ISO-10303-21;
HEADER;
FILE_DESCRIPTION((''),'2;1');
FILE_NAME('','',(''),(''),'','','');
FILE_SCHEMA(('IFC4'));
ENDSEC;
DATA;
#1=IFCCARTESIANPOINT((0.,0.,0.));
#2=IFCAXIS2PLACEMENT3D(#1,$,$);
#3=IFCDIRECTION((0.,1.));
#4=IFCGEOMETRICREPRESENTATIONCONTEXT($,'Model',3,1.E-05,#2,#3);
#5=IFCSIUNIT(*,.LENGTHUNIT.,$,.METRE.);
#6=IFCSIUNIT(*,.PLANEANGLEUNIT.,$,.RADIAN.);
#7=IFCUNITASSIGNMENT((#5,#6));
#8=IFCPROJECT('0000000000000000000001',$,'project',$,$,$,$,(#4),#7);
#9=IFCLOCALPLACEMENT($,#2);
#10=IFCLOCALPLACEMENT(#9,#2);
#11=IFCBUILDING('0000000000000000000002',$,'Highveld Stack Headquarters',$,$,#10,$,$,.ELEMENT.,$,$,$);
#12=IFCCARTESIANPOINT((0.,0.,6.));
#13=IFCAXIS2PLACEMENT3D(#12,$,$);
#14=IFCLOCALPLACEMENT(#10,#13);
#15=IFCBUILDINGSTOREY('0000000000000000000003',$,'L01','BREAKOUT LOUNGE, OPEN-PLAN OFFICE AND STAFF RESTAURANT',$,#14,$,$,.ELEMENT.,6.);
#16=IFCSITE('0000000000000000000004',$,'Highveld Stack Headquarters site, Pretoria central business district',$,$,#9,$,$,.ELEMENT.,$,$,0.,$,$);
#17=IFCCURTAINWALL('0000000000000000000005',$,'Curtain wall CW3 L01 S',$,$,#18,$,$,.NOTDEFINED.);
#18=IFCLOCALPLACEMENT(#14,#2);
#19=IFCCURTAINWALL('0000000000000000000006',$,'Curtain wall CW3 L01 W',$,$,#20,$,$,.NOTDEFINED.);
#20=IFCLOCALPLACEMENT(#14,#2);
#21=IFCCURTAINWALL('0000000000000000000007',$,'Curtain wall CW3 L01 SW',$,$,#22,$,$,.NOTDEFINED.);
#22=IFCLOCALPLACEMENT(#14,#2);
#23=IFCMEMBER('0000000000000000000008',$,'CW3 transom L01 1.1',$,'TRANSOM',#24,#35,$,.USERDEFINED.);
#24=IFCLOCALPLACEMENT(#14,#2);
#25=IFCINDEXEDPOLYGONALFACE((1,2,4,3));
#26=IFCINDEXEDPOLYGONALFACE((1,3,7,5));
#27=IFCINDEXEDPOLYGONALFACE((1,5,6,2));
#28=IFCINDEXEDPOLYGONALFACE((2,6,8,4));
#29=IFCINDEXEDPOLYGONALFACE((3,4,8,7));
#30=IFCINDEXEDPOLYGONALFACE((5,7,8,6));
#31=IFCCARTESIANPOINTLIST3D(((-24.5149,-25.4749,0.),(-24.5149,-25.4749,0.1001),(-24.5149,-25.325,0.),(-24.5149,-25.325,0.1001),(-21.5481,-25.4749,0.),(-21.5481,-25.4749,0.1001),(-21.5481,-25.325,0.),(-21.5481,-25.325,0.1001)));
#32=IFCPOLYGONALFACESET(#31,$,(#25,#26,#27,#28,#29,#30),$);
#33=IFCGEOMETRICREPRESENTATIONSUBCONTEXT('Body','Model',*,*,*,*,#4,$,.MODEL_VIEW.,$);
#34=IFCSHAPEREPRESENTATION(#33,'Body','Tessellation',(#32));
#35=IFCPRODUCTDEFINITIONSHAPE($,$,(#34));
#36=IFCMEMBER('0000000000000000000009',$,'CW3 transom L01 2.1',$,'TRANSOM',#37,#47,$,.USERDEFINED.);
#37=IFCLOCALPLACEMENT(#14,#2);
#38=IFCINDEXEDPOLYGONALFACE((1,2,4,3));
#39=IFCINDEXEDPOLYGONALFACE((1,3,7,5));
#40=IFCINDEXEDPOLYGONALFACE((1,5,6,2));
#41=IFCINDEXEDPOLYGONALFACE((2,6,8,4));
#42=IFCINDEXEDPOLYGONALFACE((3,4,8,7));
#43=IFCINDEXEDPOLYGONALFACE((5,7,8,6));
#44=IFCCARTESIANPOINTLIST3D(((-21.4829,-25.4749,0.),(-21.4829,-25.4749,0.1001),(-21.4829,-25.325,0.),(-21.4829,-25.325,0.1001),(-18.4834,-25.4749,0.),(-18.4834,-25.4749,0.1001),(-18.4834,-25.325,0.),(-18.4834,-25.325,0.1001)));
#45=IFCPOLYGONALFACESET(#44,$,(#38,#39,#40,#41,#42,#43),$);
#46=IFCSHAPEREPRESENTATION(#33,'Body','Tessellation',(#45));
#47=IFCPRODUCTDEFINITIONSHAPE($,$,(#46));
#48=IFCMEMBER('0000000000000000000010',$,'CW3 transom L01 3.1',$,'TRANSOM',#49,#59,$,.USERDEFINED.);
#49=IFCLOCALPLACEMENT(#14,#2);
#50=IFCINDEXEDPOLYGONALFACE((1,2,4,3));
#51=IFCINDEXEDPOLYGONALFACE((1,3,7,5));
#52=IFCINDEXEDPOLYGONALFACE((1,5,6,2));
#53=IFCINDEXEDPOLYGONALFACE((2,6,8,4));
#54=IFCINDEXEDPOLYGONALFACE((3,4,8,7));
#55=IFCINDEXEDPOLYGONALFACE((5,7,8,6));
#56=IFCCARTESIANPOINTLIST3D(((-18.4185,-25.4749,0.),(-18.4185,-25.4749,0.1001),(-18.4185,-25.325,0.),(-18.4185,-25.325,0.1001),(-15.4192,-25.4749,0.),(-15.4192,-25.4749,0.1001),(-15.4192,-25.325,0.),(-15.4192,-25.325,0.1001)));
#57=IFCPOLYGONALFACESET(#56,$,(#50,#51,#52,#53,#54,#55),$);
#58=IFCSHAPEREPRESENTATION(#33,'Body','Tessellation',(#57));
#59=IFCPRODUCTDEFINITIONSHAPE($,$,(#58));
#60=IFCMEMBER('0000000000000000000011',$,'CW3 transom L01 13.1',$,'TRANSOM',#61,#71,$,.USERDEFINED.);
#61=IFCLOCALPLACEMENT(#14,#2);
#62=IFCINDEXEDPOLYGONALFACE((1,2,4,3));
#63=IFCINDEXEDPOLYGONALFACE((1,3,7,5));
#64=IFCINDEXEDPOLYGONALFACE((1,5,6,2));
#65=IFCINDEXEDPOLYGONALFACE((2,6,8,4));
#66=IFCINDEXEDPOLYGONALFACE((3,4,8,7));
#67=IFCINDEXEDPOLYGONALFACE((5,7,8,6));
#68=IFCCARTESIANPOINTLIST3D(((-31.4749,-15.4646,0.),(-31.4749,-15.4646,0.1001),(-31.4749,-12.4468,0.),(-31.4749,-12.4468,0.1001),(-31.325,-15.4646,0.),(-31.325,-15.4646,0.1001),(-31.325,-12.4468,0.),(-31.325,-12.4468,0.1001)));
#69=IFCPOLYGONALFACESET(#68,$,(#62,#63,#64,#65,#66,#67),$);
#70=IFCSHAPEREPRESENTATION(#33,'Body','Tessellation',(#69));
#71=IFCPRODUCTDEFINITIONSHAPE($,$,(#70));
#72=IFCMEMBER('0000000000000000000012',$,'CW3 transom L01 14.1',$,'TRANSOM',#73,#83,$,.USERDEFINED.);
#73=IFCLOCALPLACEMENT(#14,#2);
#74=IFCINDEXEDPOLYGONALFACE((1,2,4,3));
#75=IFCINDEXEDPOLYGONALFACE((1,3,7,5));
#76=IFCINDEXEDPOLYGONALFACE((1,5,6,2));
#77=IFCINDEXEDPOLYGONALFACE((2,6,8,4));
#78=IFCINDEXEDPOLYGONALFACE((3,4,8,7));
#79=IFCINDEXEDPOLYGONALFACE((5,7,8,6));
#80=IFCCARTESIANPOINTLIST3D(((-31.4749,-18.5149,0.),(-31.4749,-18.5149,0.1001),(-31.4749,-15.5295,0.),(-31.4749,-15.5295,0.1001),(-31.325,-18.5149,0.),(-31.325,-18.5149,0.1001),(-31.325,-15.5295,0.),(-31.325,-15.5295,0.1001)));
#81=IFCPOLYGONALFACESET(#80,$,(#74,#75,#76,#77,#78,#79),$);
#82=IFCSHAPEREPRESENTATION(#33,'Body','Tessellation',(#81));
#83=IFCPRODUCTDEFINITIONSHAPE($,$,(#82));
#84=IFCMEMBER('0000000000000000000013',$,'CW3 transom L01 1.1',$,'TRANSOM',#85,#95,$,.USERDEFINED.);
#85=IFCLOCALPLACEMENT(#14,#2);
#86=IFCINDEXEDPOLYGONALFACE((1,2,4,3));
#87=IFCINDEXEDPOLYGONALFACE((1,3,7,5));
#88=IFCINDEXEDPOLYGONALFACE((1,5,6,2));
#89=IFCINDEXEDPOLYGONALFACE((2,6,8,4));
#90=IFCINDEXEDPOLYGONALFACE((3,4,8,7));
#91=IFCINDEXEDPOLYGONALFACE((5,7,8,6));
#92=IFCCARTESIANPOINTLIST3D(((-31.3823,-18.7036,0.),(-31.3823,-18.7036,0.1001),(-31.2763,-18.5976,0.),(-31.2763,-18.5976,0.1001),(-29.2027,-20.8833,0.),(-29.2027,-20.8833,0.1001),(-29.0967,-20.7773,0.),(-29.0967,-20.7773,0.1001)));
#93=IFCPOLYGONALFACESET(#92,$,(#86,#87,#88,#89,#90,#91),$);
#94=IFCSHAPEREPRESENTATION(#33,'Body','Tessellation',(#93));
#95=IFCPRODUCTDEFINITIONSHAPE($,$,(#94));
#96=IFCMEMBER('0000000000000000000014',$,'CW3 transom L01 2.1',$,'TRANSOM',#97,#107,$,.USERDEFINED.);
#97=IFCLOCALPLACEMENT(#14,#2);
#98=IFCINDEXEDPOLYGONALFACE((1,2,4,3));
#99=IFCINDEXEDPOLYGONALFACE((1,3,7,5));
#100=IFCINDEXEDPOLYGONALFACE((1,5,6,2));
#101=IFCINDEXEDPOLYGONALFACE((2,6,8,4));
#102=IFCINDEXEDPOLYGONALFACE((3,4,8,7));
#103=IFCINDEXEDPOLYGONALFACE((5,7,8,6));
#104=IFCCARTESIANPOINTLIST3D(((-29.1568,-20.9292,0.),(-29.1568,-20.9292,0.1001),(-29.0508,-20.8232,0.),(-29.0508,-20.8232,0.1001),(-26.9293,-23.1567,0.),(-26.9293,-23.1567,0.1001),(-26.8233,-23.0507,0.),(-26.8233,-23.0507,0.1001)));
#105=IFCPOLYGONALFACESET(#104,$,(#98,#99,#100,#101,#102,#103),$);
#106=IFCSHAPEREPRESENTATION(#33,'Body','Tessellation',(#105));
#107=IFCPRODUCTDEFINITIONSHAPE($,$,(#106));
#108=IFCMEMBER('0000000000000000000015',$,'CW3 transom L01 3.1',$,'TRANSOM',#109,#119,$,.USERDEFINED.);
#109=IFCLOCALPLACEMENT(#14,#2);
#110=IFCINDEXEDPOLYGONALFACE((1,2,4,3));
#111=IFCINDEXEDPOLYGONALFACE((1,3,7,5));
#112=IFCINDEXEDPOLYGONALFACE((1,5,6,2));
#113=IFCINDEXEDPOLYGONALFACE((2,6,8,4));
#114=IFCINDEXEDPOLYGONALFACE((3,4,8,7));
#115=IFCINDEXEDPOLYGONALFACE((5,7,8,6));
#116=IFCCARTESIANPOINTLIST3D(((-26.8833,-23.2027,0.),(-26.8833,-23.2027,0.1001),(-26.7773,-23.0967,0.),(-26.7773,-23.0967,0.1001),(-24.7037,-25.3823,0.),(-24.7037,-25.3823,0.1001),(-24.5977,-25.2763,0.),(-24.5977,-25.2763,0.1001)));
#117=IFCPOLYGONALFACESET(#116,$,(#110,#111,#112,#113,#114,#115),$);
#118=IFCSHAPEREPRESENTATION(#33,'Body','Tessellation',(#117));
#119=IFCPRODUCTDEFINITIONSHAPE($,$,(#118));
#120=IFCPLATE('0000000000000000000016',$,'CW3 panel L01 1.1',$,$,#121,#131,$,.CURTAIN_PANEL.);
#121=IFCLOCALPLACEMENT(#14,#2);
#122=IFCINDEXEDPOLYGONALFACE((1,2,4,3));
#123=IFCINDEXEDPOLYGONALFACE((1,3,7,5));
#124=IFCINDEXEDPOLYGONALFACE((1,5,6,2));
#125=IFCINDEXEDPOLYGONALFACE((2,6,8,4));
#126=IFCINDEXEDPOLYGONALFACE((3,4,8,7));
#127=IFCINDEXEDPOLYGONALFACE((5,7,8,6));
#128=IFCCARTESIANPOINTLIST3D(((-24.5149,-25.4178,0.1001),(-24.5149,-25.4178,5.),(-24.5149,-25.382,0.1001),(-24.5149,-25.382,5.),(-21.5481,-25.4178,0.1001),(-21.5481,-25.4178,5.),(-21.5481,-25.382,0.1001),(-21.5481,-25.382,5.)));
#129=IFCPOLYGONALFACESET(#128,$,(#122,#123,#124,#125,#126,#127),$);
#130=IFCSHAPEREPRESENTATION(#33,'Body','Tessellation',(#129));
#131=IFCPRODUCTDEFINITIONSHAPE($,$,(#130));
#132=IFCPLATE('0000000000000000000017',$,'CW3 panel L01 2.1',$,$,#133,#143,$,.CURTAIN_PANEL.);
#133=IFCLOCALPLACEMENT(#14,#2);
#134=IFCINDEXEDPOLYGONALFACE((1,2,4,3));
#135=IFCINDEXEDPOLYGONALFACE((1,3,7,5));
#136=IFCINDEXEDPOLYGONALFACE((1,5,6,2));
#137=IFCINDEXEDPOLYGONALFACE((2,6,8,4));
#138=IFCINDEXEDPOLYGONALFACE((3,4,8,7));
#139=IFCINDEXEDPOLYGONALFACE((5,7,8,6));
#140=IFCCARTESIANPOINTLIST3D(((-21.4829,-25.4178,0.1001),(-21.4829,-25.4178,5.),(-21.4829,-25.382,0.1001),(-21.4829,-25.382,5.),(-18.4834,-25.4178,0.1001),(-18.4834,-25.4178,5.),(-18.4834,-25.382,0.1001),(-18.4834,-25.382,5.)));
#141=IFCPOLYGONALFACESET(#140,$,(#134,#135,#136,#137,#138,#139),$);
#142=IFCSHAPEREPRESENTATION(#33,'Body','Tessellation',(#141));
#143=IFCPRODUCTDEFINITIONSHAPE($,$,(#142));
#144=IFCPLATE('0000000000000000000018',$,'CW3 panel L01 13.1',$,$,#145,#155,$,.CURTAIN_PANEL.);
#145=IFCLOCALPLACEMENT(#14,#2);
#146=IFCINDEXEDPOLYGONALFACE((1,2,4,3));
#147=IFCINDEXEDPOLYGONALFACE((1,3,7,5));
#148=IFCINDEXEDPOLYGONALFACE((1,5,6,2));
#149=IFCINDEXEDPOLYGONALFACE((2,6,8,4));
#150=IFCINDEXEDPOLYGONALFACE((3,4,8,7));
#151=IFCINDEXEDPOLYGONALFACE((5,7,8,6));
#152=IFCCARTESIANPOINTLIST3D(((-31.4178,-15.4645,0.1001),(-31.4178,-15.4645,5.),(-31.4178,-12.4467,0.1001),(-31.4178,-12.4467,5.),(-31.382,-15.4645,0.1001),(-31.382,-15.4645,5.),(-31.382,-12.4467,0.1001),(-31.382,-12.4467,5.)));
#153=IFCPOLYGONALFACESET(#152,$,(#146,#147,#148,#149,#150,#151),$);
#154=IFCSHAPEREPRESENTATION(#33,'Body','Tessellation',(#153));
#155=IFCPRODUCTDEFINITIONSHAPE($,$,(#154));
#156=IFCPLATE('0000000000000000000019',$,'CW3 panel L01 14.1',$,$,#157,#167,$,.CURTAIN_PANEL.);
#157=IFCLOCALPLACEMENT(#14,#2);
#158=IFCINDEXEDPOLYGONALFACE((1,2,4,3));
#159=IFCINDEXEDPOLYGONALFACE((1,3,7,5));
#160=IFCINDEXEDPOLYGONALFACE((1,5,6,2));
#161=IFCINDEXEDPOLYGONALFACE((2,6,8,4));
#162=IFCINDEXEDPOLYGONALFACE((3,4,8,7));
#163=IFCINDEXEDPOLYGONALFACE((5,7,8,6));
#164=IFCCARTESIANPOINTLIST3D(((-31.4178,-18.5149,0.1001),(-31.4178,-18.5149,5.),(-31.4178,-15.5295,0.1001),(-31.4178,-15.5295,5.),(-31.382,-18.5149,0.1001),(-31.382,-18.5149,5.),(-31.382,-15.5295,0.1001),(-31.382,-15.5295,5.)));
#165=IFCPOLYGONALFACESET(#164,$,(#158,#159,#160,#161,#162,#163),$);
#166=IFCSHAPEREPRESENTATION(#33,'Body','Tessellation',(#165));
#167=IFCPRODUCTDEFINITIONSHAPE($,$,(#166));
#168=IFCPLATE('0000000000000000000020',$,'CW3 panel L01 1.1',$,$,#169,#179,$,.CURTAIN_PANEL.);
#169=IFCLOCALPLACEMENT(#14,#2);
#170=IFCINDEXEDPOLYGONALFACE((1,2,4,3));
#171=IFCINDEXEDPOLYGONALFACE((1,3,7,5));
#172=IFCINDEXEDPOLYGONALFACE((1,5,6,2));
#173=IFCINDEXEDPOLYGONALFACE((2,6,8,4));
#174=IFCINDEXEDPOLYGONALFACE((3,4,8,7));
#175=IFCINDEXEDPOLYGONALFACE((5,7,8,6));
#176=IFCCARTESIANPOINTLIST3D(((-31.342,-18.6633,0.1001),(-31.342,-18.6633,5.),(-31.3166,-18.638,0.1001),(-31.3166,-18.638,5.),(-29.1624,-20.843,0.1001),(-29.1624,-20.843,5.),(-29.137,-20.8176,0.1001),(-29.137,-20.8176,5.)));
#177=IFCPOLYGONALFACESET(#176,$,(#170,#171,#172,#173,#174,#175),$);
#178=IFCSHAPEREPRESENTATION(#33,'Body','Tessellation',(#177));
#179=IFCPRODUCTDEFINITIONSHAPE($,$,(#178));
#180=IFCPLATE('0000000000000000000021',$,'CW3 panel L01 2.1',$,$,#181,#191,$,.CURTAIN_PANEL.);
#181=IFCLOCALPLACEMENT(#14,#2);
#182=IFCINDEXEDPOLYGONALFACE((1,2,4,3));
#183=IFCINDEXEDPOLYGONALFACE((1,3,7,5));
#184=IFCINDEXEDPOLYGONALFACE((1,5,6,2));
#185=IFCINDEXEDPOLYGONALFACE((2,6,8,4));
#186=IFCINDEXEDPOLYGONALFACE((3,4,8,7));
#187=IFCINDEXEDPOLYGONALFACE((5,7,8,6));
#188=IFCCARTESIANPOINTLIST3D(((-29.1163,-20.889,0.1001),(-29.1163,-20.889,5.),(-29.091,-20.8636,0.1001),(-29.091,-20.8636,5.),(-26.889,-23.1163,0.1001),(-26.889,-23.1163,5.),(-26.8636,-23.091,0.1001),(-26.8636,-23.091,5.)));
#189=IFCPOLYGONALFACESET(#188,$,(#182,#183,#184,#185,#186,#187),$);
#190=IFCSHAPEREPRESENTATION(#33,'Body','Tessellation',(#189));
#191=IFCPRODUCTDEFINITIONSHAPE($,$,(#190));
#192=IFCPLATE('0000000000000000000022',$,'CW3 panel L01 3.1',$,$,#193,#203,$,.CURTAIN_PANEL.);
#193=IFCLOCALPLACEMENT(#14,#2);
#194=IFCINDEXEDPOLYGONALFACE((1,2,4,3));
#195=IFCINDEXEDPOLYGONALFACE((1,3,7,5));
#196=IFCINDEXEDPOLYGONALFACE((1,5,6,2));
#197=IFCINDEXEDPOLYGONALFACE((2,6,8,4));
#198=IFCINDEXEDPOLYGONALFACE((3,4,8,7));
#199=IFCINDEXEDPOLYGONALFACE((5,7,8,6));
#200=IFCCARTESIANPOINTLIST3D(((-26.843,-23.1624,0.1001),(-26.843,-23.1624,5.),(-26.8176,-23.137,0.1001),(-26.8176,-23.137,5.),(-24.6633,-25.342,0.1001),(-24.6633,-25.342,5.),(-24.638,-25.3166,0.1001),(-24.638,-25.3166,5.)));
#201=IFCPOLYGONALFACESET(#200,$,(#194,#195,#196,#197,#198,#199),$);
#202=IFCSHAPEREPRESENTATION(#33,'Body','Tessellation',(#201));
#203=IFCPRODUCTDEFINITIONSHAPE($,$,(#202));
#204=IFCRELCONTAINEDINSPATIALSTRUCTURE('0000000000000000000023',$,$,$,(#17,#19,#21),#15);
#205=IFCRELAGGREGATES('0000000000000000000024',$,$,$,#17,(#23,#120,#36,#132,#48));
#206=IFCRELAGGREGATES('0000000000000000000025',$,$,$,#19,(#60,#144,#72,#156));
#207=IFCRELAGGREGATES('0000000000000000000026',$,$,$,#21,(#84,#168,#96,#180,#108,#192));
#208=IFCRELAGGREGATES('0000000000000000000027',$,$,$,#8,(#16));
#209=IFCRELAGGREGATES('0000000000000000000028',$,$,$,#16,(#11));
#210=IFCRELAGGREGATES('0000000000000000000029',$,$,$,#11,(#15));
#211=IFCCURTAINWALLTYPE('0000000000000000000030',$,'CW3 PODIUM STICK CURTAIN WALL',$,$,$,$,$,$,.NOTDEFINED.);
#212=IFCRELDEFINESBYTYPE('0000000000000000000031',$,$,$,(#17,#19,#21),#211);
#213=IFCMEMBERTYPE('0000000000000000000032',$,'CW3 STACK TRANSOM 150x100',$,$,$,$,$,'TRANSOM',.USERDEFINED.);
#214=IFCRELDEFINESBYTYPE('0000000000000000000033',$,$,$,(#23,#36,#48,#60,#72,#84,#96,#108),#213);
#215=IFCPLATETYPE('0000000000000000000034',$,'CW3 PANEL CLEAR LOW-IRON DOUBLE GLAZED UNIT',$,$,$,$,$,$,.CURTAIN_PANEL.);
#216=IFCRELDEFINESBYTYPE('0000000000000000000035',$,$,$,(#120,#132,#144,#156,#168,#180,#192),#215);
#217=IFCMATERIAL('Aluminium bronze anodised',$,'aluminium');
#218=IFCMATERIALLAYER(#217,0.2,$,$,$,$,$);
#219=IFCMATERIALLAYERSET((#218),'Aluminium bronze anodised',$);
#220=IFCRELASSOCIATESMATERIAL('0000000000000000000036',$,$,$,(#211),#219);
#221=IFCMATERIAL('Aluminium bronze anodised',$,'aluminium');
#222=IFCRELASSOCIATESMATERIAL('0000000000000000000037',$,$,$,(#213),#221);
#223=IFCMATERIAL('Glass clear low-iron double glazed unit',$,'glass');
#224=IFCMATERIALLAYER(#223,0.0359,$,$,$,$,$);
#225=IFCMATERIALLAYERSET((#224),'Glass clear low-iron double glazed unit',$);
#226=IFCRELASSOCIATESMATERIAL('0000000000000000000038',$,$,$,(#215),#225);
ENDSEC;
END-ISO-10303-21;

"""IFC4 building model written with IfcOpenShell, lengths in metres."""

from ifc_helpers import new_model, si_unit, direction, frame, origin, origin_2d, place, context, subcontext, project, spatial, rectangle, extrude, material, layer, layer_set, material_profile, profile_set, type_object, element, aggregate, save


model = new_model("IFC4")

# Units and contexts
model_context = context("Model", 3, precision=1e-05, world=origin(), true_north=direction((0.0, 1.0)))
body_context = subcontext(model_context, "Body", "Model", "MODEL_VIEW")
ifc_project = project(units=[si_unit("LENGTHUNIT", "METRE"), si_unit("PLANEANGLEUNIT", "RADIAN")], contexts=[model_context])

# Site, building, storey
site_placement = place(None, origin())
site = spatial("IfcSite", under=ifc_project, at=site_placement, Name="Highveld Stack Headquarters site, Pretoria central business district", CompositionType="ELEMENT", RefElevation=0.0)
building_placement = place(site_placement, origin())
building = spatial("IfcBuilding", under=site, at=building_placement, Name="Highveld Stack Headquarters", CompositionType="ELEMENT")
storey_placement = place(building_placement, frame((0.0, 0.0, 6.0)))
storey = spatial("IfcBuildingStorey", under=building, at=storey_placement, Name="L01", Description="BREAKOUT LOUNGE, OPEN-PLAN OFFICE AND STAFF RESTAURANT", CompositionType="ELEMENT", Elevation=6.0)

# Curtain walls
ifc_material_1 = material(Name="Aluminium bronze anodised", Category="aluminium")
ifc_layer_1 = layer(ifc_material_1, 0.2)
ifc_layer_set_1 = layer_set([ifc_layer_1], Name="Aluminium bronze anodised")
curtain_wall_type = type_object("IfcCurtainWallType", Name="CW3 PODIUM STICK CURTAIN WALL", PredefinedType="NOTDEFINED", material=ifc_layer_set_1)
curtain_wall_1_placement = place(storey_placement, origin())
curtain_wall_1 = element("IfcCurtainWall", 1, at=curtain_wall_1_placement, inside=storey, type_object=curtain_wall_type, Name="Curtain wall CW3 L01 S", PredefinedType="NOTDEFINED")
curtain_wall_2_placement = place(storey_placement, origin())
curtain_wall_2 = element("IfcCurtainWall", 2, at=curtain_wall_2_placement, inside=storey, type_object=curtain_wall_type, Name="Curtain wall CW3 L01 W", PredefinedType="NOTDEFINED")
curtain_wall_3_placement = place(storey_placement, origin())
curtain_wall_3 = element("IfcCurtainWall", 3, at=curtain_wall_3_placement, inside=storey, type_object=curtain_wall_type, Name="Curtain wall CW3 L01 SW", PredefinedType="NOTDEFINED")

# Members
ifc_material_2 = material(Name="Aluminium bronze anodised", Category="aluminium")
ifc_material_profile_1 = material_profile(ifc_material_2, rectangle(XDim=0.1499, YDim=0.1001, at=origin_2d()), Name="CW3 TRANSOM 150x100")
ifc_profile_set_1 = profile_set([ifc_material_profile_1], Name="Aluminium bronze anodised")
member_type_1 = type_object("IfcMemberType", Name="CW3 STACK TRANSOM 150x100", ElementType="TRANSOM", PredefinedType="USERDEFINED", material=ifc_profile_set_1)
member_1_placement = place(storey_placement, frame((-24.5149, -25.3999, 0.05), z_axis=(1.0, 0.0, 0.0), x_axis=(0.0, 1.0, 0.0)))
member_1 = element("IfcMember", 4, at=member_1_placement, type_object=member_type_1, Name="CW3 transom L01 1.1", ObjectType="TRANSOM", PredefinedType="USERDEFINED", context=body_context, shape_type="SweptSolid", body=[
    extrude(rectangle(XDim=0.1499, YDim=0.1001, at=origin_2d()), origin(), (0.0, 0.0, 1.0), 2.9668),
])
member_2_placement = place(storey_placement, frame((-21.4829, -25.3999, 0.05), z_axis=(1.0, 0.0, 0.0), x_axis=(0.0, 1.0, 0.0)))
member_2 = element("IfcMember", 5, at=member_2_placement, type_object=member_type_1, Name="CW3 transom L01 2.1", ObjectType="TRANSOM", PredefinedType="USERDEFINED", context=body_context, shape_type="SweptSolid", body=[
    extrude(rectangle(XDim=0.1499, YDim=0.1001, at=origin_2d()), origin(), (0.0, 0.0, 1.0), 2.9995),
])
member_3_placement = place(storey_placement, frame((-18.4185, -25.3999, 0.05), z_axis=(1.0, 0.0, 0.0), x_axis=(0.0, 1.0, 0.0)))
member_3 = element("IfcMember", 6, at=member_3_placement, type_object=member_type_1, Name="CW3 transom L01 3.1", ObjectType="TRANSOM", PredefinedType="USERDEFINED", context=body_context, shape_type="SweptSolid", body=[
    extrude(rectangle(XDim=0.1499, YDim=0.1001, at=origin_2d()), origin(), (0.0, 0.0, 1.0), 2.9993),
])
member_4_placement = place(storey_placement, frame((-31.3999, -12.4468, 0.05), z_axis=(0.0, -1.0, 0.0), x_axis=(1.0, 0.0, 0.0)))
member_4 = element("IfcMember", 7, at=member_4_placement, type_object=member_type_1, Name="CW3 transom L01 13.1", ObjectType="TRANSOM", PredefinedType="USERDEFINED", context=body_context, shape_type="SweptSolid", body=[
    extrude(rectangle(XDim=0.1499, YDim=0.1001, at=origin_2d()), origin(), (0.0, 0.0, 1.0), 3.0178),
])
member_5_placement = place(storey_placement, frame((-31.3999, -15.5295, 0.05), z_axis=(0.0, -1.0, 0.0), x_axis=(1.0, 0.0, 0.0)))
member_5 = element("IfcMember", 8, at=member_5_placement, type_object=member_type_1, Name="CW3 transom L01 14.1", ObjectType="TRANSOM", PredefinedType="USERDEFINED", context=body_context, shape_type="SweptSolid", body=[
    extrude(rectangle(XDim=0.1499, YDim=0.1001, at=origin_2d()), origin(), (0.0, 0.0, 1.0), 2.9854),
])
member_6_placement = place(storey_placement, frame((-31.3293, -18.6506, 0.05), z_axis=(0.707107, -0.707107, 0.0), x_axis=(0.707107, 0.707107, 0.0)))
member_6 = element("IfcMember", 9, at=member_6_placement, type_object=member_type_1, Name="CW3 transom L01 1.1", ObjectType="TRANSOM", PredefinedType="USERDEFINED", context=body_context, shape_type="SweptSolid", body=[
    extrude(rectangle(XDim=0.1499, YDim=0.1001, at=origin_2d()), origin(), (0.0, 0.0, 1.0), 3.0825),
])
member_7_placement = place(storey_placement, frame((-29.1038, -20.8762, 0.05), z_axis=(0.707107, -0.707107, 0.0), x_axis=(0.707107, 0.707107, 0.0)))
member_7 = element("IfcMember", 10, at=member_7_placement, type_object=member_type_1, Name="CW3 transom L01 2.1", ObjectType="TRANSOM", PredefinedType="USERDEFINED", context=body_context, shape_type="SweptSolid", body=[
    extrude(rectangle(XDim=0.1499, YDim=0.1001, at=origin_2d()), origin(), (0.0, 0.0, 1.0), 3.1501),
])
member_8_placement = place(storey_placement, frame((-26.8303, -23.1497, 0.05), z_axis=(0.707107, -0.707107, 0.0), x_axis=(0.707107, 0.707107, 0.0)))
member_8 = element("IfcMember", 11, at=member_8_placement, type_object=member_type_1, Name="CW3 transom L01 3.1", ObjectType="TRANSOM", PredefinedType="USERDEFINED", context=body_context, shape_type="SweptSolid", body=[
    extrude(rectangle(XDim=0.1499, YDim=0.1001, at=origin_2d()), origin(), (0.0, 0.0, 1.0), 3.0825),
])

# Plates
ifc_material_3 = material(Name="Glass clear low-iron double glazed unit", Category="glass")
ifc_layer_2 = layer(ifc_material_3, 0.0359)
ifc_layer_set_2 = layer_set([ifc_layer_2], Name="Glass clear low-iron double glazed unit")
plate_type = type_object("IfcPlateType", Name="CW3 PANEL CLEAR LOW-IRON DOUBLE GLAZED UNIT", PredefinedType="CURTAIN_PANEL", material=ifc_layer_set_2)
plate_1_placement = place(storey_placement, frame((-23.0315, -25.3999, 0.1001), z_axis=(0.0, 0.0, 1.0), x_axis=(1.0, 0.0, 0.0)))
plate_1 = element("IfcPlate", 12, at=plate_1_placement, type_object=plate_type, Name="CW3 panel L01 1.1", PredefinedType="CURTAIN_PANEL", context=body_context, shape_type="SweptSolid", body=[
    extrude(rectangle(XDim=2.9668, YDim=0.0359, at=origin_2d()), origin(), (0.0, 0.0, 1.0), 4.8999),
])
plate_2_placement = place(storey_placement, frame((-19.9832, -25.3999, 0.1001), z_axis=(0.0, 0.0, 1.0), x_axis=(1.0, 0.0, 0.0)))
plate_2 = element("IfcPlate", 13, at=plate_2_placement, type_object=plate_type, Name="CW3 panel L01 2.1", PredefinedType="CURTAIN_PANEL", context=body_context, shape_type="SweptSolid", body=[
    extrude(rectangle(XDim=2.9995, YDim=0.0359, at=origin_2d()), origin(), (0.0, 0.0, 1.0), 4.8999),
])
aggregate(curtain_wall_1, [member_1, plate_1, member_2, plate_2, member_3])
plate_3_placement = place(storey_placement, frame((-31.3999, -13.9556, 0.1001), z_axis=(0.0, 0.0, 1.0), x_axis=(0.0, -1.0, 0.0)))
plate_3 = element("IfcPlate", 14, at=plate_3_placement, type_object=plate_type, Name="CW3 panel L01 13.1", PredefinedType="CURTAIN_PANEL", context=body_context, shape_type="SweptSolid", body=[
    extrude(rectangle(XDim=3.0178, YDim=0.0359, at=origin_2d()), origin(), (0.0, 0.0, 1.0), 4.8999),
])
plate_4_placement = place(storey_placement, frame((-31.3999, -17.0222, 0.1001), z_axis=(0.0, 0.0, 1.0), x_axis=(0.0, -1.0, 0.0)))
plate_4 = element("IfcPlate", 15, at=plate_4_placement, type_object=plate_type, Name="CW3 panel L01 14.1", PredefinedType="CURTAIN_PANEL", context=body_context, shape_type="SweptSolid", body=[
    extrude(rectangle(XDim=2.9854, YDim=0.0359, at=origin_2d()), origin(), (0.0, 0.0, 1.0), 4.8999),
])
aggregate(curtain_wall_2, [member_4, plate_3, member_5, plate_4])
plate_5_placement = place(storey_placement, frame((-30.2395, -19.7405, 0.1001), z_axis=(0.0, 0.0, 1.0), x_axis=(0.707107, -0.707107, 0.0)))
plate_5 = element("IfcPlate", 16, at=plate_5_placement, type_object=plate_type, Name="CW3 panel L01 1.1", PredefinedType="CURTAIN_PANEL", context=body_context, shape_type="SweptSolid", body=[
    extrude(rectangle(XDim=3.0825, YDim=0.0359, at=origin_2d()), origin(), (0.0, 0.0, 1.0), 4.8999),
])
plate_6_placement = place(storey_placement, frame((-27.99, -21.99, 0.1001), z_axis=(0.0, 0.0, 1.0), x_axis=(0.707107, -0.707107, 0.0)))
plate_6 = element("IfcPlate", 17, at=plate_6_placement, type_object=plate_type, Name="CW3 panel L01 2.1", PredefinedType="CURTAIN_PANEL", context=body_context, shape_type="SweptSolid", body=[
    extrude(rectangle(XDim=3.1499, YDim=0.0359, at=origin_2d()), origin(), (0.0, 0.0, 1.0), 4.8999),
])
plate_7_placement = place(storey_placement, frame((-25.7405, -24.2395, 0.1001), z_axis=(0.0, 0.0, 1.0), x_axis=(0.707107, -0.707107, 0.0)))
plate_7 = element("IfcPlate", 18, at=plate_7_placement, type_object=plate_type, Name="CW3 panel L01 3.1", PredefinedType="CURTAIN_PANEL", context=body_context, shape_type="SweptSolid", body=[
    extrude(rectangle(XDim=3.0825, YDim=0.0359, at=origin_2d()), origin(), (0.0, 0.0, 1.0), 4.8999),
])
aggregate(curtain_wall_3, [member_6, plate_5, member_7, plate_6, member_8, plate_7])

save(model, "model.ifc")
